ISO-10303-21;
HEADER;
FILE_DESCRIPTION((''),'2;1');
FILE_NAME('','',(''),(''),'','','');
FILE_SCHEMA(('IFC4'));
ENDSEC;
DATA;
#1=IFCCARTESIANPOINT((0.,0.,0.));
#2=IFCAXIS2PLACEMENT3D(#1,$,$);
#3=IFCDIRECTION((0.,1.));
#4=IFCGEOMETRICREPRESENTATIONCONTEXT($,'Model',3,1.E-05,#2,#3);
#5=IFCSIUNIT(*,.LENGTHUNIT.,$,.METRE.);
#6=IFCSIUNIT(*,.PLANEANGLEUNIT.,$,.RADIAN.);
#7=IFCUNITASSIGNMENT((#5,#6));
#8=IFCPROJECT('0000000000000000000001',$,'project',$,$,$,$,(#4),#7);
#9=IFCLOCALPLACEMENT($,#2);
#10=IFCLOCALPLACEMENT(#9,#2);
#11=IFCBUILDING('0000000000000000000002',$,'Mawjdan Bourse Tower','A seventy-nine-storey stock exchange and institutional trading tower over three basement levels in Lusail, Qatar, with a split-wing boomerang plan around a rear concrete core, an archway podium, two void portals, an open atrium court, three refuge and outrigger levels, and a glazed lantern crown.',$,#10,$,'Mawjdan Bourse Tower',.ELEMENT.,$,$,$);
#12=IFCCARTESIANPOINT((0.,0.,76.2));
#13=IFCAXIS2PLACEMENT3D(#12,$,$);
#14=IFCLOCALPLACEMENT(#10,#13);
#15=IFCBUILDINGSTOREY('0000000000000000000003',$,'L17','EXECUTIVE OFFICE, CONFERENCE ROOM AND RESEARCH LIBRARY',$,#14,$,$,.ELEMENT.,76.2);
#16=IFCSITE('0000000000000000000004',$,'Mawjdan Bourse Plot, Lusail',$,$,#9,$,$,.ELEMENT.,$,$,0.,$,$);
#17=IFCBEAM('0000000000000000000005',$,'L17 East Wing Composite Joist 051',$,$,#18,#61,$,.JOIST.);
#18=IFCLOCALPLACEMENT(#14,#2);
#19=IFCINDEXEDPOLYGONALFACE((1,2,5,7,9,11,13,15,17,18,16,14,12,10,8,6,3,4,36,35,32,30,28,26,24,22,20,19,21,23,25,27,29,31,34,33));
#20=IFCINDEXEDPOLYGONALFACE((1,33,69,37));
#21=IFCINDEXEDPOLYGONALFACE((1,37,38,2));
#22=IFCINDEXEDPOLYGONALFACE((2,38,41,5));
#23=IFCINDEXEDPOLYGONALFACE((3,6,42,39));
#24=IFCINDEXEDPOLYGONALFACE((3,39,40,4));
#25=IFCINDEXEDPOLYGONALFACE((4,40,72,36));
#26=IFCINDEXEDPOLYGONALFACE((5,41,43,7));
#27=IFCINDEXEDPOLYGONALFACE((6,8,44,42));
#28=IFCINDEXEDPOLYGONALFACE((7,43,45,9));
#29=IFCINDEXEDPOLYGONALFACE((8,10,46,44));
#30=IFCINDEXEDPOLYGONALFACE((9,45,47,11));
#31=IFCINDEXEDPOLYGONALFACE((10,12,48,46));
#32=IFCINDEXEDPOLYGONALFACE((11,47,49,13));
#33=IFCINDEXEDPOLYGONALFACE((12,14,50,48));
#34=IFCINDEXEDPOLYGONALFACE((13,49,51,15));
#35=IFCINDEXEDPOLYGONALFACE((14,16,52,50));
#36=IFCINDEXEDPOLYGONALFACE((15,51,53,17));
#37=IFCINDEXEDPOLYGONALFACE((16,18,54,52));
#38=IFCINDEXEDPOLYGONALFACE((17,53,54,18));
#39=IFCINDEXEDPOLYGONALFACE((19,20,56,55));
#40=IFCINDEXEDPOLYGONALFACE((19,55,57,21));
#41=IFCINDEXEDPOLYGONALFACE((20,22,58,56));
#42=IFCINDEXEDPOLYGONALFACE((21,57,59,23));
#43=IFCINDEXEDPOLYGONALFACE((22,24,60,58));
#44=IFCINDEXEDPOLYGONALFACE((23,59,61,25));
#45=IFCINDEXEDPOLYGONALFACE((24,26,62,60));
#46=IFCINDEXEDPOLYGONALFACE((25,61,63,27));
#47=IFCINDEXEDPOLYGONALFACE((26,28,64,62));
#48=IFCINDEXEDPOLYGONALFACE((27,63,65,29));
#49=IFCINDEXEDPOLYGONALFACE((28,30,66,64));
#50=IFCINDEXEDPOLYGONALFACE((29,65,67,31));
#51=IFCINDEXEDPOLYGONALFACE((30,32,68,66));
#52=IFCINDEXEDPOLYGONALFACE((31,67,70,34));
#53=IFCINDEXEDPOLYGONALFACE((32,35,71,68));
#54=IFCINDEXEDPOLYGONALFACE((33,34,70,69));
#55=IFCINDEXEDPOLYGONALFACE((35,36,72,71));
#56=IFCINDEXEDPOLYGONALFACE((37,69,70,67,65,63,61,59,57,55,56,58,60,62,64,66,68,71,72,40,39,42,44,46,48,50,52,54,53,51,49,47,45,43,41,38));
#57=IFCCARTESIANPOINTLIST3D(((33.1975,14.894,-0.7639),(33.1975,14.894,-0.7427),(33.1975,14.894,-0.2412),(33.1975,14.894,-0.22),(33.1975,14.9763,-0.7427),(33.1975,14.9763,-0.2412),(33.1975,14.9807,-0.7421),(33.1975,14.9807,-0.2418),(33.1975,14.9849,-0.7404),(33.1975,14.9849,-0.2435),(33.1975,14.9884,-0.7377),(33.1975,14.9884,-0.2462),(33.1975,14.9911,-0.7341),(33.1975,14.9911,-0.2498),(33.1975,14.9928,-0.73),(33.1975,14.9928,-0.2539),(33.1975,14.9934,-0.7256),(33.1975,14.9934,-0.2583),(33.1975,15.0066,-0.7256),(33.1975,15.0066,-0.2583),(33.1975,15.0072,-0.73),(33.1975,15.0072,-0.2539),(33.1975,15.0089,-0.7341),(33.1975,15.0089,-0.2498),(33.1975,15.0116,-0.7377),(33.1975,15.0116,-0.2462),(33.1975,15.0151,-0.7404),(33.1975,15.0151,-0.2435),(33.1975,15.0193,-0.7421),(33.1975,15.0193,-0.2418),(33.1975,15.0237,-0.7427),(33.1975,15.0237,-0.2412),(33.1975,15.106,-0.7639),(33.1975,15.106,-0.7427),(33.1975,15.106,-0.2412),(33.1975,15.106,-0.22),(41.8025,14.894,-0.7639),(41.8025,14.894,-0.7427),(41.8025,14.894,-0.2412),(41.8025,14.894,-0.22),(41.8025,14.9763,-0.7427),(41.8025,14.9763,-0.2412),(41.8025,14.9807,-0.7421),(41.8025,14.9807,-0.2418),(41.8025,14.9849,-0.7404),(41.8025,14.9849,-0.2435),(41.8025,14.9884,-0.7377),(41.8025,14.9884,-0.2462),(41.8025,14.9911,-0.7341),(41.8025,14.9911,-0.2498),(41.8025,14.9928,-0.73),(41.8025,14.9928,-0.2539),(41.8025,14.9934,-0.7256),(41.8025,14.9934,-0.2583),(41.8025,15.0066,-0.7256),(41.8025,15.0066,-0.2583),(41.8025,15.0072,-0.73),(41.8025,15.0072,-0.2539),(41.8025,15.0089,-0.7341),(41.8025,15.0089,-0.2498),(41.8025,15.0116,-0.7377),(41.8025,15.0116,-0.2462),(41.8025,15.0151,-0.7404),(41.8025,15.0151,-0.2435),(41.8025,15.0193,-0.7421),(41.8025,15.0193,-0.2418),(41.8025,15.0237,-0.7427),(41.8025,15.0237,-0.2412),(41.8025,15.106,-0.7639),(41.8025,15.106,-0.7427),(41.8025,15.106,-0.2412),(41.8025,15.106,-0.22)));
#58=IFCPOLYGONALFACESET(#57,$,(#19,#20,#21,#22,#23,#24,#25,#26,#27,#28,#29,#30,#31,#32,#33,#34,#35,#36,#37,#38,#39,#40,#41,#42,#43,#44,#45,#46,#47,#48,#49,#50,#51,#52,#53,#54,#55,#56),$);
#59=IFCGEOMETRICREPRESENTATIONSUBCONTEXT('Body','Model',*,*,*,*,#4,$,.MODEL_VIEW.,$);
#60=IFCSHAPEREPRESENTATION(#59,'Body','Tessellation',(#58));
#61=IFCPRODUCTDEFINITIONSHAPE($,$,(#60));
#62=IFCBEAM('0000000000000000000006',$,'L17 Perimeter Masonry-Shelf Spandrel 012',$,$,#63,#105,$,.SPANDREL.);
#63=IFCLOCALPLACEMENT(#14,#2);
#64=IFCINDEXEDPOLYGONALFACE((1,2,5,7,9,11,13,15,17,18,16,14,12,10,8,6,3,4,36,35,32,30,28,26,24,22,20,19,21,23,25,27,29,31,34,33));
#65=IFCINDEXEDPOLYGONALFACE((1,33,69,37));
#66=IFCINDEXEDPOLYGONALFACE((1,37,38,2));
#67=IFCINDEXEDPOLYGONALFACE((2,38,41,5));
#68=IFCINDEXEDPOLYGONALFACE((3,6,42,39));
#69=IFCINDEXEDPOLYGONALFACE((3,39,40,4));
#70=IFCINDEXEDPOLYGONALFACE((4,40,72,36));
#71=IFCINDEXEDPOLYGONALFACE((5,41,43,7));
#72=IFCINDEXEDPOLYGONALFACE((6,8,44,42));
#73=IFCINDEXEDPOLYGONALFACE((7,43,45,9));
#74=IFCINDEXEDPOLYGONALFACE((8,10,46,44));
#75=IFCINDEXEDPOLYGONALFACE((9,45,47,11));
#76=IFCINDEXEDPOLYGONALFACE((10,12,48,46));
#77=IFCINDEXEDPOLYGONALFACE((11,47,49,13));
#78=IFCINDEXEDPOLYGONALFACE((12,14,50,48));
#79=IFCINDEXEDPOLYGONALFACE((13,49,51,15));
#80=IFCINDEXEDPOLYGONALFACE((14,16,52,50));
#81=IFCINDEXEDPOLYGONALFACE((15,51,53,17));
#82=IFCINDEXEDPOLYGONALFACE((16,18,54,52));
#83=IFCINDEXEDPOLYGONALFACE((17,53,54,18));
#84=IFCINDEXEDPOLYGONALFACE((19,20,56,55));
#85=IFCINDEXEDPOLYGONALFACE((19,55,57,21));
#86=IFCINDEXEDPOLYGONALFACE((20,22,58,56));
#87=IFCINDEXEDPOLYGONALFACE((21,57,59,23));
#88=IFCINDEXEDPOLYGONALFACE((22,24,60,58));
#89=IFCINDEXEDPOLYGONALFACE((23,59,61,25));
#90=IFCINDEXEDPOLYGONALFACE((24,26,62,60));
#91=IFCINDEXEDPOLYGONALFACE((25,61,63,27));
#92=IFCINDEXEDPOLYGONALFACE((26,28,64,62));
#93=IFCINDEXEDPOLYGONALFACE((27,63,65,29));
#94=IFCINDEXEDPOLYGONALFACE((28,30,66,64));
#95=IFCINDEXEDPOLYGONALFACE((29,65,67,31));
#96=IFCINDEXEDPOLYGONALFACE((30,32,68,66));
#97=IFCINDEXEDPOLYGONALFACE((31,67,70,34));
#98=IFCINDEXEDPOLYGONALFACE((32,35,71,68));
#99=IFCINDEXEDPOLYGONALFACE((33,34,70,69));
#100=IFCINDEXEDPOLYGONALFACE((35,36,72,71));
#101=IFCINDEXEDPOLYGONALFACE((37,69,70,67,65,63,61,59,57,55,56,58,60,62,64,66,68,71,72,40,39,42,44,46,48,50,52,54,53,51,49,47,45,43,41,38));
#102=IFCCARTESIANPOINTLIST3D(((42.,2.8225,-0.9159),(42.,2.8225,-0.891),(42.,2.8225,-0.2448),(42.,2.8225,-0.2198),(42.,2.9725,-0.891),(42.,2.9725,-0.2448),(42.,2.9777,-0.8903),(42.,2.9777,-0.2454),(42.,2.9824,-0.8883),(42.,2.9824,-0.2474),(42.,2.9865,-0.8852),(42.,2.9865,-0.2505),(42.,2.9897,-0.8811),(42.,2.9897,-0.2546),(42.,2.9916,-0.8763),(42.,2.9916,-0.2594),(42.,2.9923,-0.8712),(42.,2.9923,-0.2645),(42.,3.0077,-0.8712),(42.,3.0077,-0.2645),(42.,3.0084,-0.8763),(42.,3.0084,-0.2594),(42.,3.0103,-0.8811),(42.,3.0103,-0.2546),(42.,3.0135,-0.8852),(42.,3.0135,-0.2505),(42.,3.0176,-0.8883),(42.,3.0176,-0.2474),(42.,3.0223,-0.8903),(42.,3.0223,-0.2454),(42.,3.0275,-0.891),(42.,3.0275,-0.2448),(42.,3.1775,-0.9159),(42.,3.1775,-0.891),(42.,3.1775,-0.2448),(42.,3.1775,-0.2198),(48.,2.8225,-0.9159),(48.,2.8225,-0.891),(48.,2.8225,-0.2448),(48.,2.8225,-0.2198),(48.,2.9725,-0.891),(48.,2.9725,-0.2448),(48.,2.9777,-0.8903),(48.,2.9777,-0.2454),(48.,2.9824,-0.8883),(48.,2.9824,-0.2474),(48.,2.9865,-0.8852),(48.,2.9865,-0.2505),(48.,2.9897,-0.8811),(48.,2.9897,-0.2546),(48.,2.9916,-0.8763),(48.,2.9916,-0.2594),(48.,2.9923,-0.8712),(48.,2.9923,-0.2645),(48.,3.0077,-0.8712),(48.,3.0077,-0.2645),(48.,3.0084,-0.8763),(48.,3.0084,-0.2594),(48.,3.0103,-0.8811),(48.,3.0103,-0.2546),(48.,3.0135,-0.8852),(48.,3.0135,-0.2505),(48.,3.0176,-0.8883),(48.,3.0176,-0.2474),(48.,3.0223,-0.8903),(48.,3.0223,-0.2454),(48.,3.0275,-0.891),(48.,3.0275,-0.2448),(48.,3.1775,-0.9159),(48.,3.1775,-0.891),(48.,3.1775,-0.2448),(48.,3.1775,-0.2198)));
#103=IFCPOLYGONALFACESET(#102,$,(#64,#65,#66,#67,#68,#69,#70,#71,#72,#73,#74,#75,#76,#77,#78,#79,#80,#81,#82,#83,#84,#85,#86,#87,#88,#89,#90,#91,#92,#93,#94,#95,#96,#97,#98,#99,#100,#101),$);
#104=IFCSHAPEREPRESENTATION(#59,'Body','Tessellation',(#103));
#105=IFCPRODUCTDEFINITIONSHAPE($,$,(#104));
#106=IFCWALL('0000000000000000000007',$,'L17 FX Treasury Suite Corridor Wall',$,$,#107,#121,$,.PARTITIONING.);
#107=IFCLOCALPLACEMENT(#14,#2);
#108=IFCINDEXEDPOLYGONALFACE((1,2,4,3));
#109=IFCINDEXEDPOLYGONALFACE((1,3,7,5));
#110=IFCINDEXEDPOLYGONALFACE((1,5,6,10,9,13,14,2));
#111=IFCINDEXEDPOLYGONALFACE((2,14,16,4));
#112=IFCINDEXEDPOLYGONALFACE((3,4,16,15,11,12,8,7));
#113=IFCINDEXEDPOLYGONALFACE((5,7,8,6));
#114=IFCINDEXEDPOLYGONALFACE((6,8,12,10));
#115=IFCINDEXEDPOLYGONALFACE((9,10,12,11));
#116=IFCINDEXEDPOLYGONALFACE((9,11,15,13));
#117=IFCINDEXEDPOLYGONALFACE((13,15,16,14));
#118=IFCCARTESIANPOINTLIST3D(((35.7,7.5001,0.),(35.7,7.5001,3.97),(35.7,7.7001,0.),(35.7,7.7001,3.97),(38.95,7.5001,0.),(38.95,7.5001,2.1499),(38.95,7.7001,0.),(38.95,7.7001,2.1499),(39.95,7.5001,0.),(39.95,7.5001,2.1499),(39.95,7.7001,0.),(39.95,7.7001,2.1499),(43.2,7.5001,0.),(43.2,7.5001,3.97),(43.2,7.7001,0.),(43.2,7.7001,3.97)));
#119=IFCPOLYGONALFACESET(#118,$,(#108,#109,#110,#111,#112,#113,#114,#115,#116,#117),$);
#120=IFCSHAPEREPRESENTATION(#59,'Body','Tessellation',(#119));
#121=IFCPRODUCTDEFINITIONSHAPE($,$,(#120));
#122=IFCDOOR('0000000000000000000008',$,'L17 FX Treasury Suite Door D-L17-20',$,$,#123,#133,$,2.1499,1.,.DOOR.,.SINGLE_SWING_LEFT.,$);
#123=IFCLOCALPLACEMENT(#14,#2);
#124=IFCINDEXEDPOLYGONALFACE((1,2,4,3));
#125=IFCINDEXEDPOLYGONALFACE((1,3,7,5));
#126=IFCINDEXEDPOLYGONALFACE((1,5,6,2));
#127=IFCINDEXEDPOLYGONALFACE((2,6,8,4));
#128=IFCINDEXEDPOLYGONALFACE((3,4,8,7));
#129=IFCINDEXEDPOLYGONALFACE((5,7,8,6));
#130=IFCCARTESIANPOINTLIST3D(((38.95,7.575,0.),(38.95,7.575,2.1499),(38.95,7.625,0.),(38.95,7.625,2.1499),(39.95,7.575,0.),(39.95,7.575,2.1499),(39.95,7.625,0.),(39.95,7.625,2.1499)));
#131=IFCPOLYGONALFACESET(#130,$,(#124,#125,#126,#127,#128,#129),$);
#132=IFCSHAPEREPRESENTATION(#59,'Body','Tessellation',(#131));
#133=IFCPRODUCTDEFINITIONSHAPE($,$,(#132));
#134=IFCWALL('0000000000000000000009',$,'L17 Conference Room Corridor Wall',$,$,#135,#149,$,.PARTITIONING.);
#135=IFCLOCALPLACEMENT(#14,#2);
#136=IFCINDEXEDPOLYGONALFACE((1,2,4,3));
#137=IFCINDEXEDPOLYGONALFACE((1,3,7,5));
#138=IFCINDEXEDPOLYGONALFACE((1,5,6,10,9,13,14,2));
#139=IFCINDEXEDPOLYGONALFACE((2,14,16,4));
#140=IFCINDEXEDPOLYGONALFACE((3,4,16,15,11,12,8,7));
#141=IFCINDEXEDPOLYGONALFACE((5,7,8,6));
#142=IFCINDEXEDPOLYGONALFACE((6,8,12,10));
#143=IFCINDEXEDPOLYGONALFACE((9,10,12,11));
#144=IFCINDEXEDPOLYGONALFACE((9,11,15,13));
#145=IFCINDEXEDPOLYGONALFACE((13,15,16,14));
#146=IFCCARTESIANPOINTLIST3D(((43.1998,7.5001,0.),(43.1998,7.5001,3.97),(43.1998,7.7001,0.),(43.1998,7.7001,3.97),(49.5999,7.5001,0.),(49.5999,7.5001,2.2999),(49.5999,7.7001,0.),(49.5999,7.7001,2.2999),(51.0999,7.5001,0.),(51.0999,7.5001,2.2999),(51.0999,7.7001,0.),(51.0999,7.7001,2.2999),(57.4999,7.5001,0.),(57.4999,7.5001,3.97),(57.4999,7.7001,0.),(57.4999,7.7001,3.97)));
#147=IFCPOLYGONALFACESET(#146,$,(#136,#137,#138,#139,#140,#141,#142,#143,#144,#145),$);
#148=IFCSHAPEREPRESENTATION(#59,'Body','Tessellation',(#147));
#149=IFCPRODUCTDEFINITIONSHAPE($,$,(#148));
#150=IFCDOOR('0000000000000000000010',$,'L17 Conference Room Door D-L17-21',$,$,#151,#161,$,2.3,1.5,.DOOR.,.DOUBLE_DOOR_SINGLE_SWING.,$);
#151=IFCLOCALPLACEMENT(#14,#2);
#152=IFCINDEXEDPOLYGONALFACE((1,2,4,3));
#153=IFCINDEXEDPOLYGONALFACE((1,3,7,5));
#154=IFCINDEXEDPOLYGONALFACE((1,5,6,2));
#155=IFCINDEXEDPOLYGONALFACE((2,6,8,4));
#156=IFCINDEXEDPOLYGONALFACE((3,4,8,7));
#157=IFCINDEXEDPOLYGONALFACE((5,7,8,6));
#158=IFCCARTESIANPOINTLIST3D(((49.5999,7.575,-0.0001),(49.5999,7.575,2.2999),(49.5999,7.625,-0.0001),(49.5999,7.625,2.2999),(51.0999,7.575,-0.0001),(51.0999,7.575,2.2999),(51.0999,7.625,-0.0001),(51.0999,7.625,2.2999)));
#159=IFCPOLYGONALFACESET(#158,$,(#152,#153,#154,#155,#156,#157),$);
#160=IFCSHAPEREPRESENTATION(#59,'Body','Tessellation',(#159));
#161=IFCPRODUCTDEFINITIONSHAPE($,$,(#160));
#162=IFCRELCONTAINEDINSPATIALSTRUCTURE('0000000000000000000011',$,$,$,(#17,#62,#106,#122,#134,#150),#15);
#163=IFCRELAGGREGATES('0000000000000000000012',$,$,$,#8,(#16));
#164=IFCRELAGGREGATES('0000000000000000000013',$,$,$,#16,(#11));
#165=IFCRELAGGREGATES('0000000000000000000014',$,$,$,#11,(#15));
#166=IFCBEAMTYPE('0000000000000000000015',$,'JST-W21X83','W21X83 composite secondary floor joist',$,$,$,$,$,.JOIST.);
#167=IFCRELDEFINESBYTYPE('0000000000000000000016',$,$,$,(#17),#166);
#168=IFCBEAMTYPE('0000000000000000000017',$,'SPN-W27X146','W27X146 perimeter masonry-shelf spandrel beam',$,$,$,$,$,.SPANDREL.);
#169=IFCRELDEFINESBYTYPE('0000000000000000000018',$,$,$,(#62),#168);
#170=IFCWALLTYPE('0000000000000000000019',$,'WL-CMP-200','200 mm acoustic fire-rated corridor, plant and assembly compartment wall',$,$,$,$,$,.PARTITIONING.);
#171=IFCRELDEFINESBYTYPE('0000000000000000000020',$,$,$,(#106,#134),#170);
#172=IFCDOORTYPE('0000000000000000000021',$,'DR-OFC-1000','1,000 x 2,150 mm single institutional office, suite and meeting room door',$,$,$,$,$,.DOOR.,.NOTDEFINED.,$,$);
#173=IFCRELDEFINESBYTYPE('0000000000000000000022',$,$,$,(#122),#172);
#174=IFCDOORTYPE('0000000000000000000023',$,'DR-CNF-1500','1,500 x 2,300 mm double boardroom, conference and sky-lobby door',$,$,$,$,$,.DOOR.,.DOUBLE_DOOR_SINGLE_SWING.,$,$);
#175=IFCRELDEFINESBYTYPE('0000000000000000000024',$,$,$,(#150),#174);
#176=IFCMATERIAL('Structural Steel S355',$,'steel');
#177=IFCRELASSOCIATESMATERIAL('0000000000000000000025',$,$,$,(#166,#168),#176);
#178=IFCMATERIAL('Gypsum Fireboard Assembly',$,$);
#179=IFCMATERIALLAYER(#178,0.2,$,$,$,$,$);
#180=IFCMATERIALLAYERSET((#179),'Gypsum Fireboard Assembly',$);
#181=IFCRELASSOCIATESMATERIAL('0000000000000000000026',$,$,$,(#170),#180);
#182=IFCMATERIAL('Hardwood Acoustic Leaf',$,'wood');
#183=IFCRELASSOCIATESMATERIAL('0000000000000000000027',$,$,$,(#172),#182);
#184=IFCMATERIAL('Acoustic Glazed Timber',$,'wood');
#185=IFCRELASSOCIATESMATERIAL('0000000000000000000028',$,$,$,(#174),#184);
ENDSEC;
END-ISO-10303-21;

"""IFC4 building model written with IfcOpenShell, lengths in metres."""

from ifc_helpers import new_model, si_unit, direction, frame, frame_2d, origin, origin_2d, place, context, subcontext, project, spatial, rectangle, i_section, extrude, material, layer, layer_set, material_profile, profile_set, type_object, element, fill, save


model = new_model("IFC4")

# Units and contexts
model_context = context("Model", 3, precision=1e-05, world=origin(), true_north=direction((0.0, 1.0)))
body_context = subcontext(model_context, "Body", "Model", "MODEL_VIEW")
ifc_project = project(units=[si_unit("LENGTHUNIT", "METRE"), si_unit("PLANEANGLEUNIT", "RADIAN")], contexts=[model_context])

# Site, building, storey
site_placement = place(None, origin())
site = spatial("IfcSite", under=ifc_project, at=site_placement, Name="Mawjdan Bourse Plot, Lusail", CompositionType="ELEMENT", RefElevation=0.0)
building_placement = place(site_placement, origin())
building = spatial("IfcBuilding", under=site, at=building_placement, Name="Mawjdan Bourse Tower", Description="A seventy-nine-storey stock exchange and institutional trading tower over three basement levels in Lusail, Qatar, with a split-wing boomerang plan around a rear concrete core, an archway podium, two void portals, an open atrium court, three refuge and outrigger levels, and a glazed lantern crown.", LongName="Mawjdan Bourse Tower", CompositionType="ELEMENT")
storey_placement = place(building_placement, frame((0.0, 0.0, 76.2)))
storey = spatial("IfcBuildingStorey", under=building, at=storey_placement, Name="L17", Description="EXECUTIVE OFFICE, CONFERENCE ROOM AND RESEARCH LIBRARY", CompositionType="ELEMENT", Elevation=76.2)

# Beams
ifc_material_1 = material(Name="Structural Steel S355", Category="steel")
ifc_material_profile_1 = material_profile(ifc_material_1, i_section(OverallWidth=0.2119, OverallDepth=0.5439, WebThickness=0.0132, FlangeThickness=0.0212, FilletRadius=0.0171, at=origin_2d()), Name="W21X83")
ifc_profile_set_1 = profile_set([ifc_material_profile_1], Name="Structural Steel S355")
beam_type_1 = type_object("IfcBeamType", Name="JST-W21X83", Description="W21X83 composite secondary floor joist", PredefinedType="JOIST", material=ifc_profile_set_1)
beam_1_placement = place(storey_placement, frame((33.1975, 15.0, -0.4919), z_axis=(1.0, 0.0, 0.0), x_axis=(0.0, 1.0, 0.0)))
element("IfcBeam", 1, at=beam_1_placement, inside=storey, type_object=beam_type_1, Name="L17 East Wing Composite Joist 051", PredefinedType="JOIST", context=body_context, shape_type="SweptSolid", body=[
    extrude(i_section(OverallWidth=0.2119, OverallDepth=0.5439, WebThickness=0.0132, FlangeThickness=0.0212, FilletRadius=0.0171, at=origin_2d()), origin(), (0.0, 0.0, 1.0), 8.605),
])
ifc_material_profile_2 = material_profile(ifc_material_1, i_section(OverallWidth=0.355, OverallDepth=0.696, WebThickness=0.0154, FlangeThickness=0.0249, FilletRadius=0.0198, at=origin_2d()), Name="W27X146")
ifc_profile_set_2 = profile_set([ifc_material_profile_2], Name="Structural Steel S355")
beam_type_2 = type_object("IfcBeamType", Name="SPN-W27X146", Description="W27X146 perimeter masonry-shelf spandrel beam", PredefinedType="SPANDREL", material=ifc_profile_set_2)
beam_2_placement = place(storey_placement, frame((42.0, 3.0, -0.5679), z_axis=(1.0, 0.0, 0.0), x_axis=(0.0, 1.0, 0.0)))
element("IfcBeam", 2, at=beam_2_placement, inside=storey, type_object=beam_type_2, Name="L17 Perimeter Masonry-Shelf Spandrel 012", PredefinedType="SPANDREL", context=body_context, shape_type="SweptSolid", body=[
    extrude(i_section(OverallWidth=0.355, OverallDepth=0.696, WebThickness=0.0154, FlangeThickness=0.0249, FilletRadius=0.0198, at=origin_2d()), origin(), (0.0, 0.0, 1.0), 6.0),
])

# Walls, openings, doors
ifc_material_2 = material(Name="Gypsum Fireboard Assembly")
ifc_layer_1 = layer(ifc_material_2, 0.2)
ifc_layer_set_1 = layer_set([ifc_layer_1], Name="Gypsum Fireboard Assembly")
wall_type_1 = type_object("IfcWallType", Name="WL-CMP-200", Description="200 mm acoustic fire-rated corridor, plant and assembly compartment wall", PredefinedType="PARTITIONING", material=ifc_layer_set_1)
wall_1_placement = place(storey_placement, frame((35.7, 7.6001, 0.0), z_axis=(0.0, 0.0, 1.0), x_axis=(1.0, 0.0, 0.0)))
wall_1 = element("IfcWall", 3, at=wall_1_placement, inside=storey, type_object=wall_type_1, Name="L17 FX Treasury Suite Corridor Wall", PredefinedType="PARTITIONING", context=body_context, shape_type="SweptSolid", body=[
    extrude(rectangle(XDim=7.5, YDim=0.2, at=frame_2d((3.75, 0.0))), origin(), (0.0, 0.0, 1.0), 3.97),
])
opening_1_placement = place(wall_1_placement, frame((3.25, 0.0, 0.0)))
opening_1 = element("IfcOpeningElement", 4, at=opening_1_placement, cuts=wall_1, PredefinedType="OPENING", context=body_context, shape_type="SweptSolid", body=[
    extrude(rectangle(XDim=1.0, YDim=2.1499, at=frame_2d((0.5, 1.075))), frame((0.0, 0.1099, 0.0), z_axis=(0.0, -1.0, 0.0), x_axis=(1.0, 0.0, 0.0)), (0.0, 0.0, 1.0), 0.22),
])
ifc_material_3 = material(Name="Hardwood Acoustic Leaf", Category="wood")
door_type_1 = type_object("IfcDoorType", Name="DR-OFC-1000", Description="1,000 x 2,150 mm single institutional office, suite and meeting room door", OperationType="NOTDEFINED", PredefinedType="DOOR", material=ifc_material_3)
door_1_placement = place(opening_1_placement, origin())
door_1 = element("IfcDoor", 5, at=door_1_placement, inside=storey, type_object=door_type_1, Name="L17 FX Treasury Suite Door D-L17-20", OperationType="SINGLE_SWING_LEFT", OverallHeight=2.1499, OverallWidth=1.0, PredefinedType="DOOR", context=body_context, shape_type="SweptSolid", body=[
    extrude(rectangle(XDim=1.0, YDim=2.1499, at=frame_2d((0.5, 1.075))), frame((0.0, 0.0249, 0.0), z_axis=(0.0, -1.0, 0.0), x_axis=(1.0, 0.0, 0.0)), (0.0, 0.0, 1.0), 0.05),
])
fill(opening_1, door_1)
wall_2_placement = place(storey_placement, frame((43.2, 7.6001, 0.0), z_axis=(0.0, 0.0, 1.0), x_axis=(1.0, 0.0, 0.0)))
wall_2 = element("IfcWall", 6, at=wall_2_placement, inside=storey, type_object=wall_type_1, Name="L17 Conference Room Corridor Wall", PredefinedType="PARTITIONING", context=body_context, shape_type="SweptSolid", body=[
    extrude(rectangle(XDim=14.3, YDim=0.2, at=frame_2d((7.1499, 0.0))), origin(), (0.0, 0.0, 1.0), 3.97),
])
opening_2_placement = place(wall_2_placement, frame((6.3999, 0.0, 0.0)))
opening_2 = element("IfcOpeningElement", 7, at=opening_2_placement, cuts=wall_2, PredefinedType="OPENING", context=body_context, shape_type="SweptSolid", body=[
    extrude(rectangle(XDim=1.5, YDim=2.3, at=frame_2d((0.75, 1.1499))), frame((0.0, 0.1099, 0.0), z_axis=(0.0, -1.0, 0.0), x_axis=(1.0, 0.0, 0.0)), (0.0, 0.0, 1.0), 0.22),
])
ifc_material_4 = material(Name="Acoustic Glazed Timber", Category="wood")
door_type_2 = type_object("IfcDoorType", Name="DR-CNF-1500", Description="1,500 x 2,300 mm double boardroom, conference and sky-lobby door", OperationType="DOUBLE_DOOR_SINGLE_SWING", PredefinedType="DOOR", material=ifc_material_4)
door_2_placement = place(opening_2_placement, origin())
door_2 = element("IfcDoor", 8, at=door_2_placement, inside=storey, type_object=door_type_2, Name="L17 Conference Room Door D-L17-21", OperationType="DOUBLE_DOOR_SINGLE_SWING", OverallHeight=2.3, OverallWidth=1.5, PredefinedType="DOOR", context=body_context, shape_type="SweptSolid", body=[
    extrude(rectangle(XDim=1.5, YDim=2.3, at=frame_2d((0.75, 1.1499))), frame((0.0, 0.0249, 0.0), z_axis=(0.0, -1.0, 0.0), x_axis=(1.0, 0.0, 0.0)), (0.0, 0.0, 1.0), 0.05),
])
fill(opening_2, door_2)

save(model, "model.ifc")
